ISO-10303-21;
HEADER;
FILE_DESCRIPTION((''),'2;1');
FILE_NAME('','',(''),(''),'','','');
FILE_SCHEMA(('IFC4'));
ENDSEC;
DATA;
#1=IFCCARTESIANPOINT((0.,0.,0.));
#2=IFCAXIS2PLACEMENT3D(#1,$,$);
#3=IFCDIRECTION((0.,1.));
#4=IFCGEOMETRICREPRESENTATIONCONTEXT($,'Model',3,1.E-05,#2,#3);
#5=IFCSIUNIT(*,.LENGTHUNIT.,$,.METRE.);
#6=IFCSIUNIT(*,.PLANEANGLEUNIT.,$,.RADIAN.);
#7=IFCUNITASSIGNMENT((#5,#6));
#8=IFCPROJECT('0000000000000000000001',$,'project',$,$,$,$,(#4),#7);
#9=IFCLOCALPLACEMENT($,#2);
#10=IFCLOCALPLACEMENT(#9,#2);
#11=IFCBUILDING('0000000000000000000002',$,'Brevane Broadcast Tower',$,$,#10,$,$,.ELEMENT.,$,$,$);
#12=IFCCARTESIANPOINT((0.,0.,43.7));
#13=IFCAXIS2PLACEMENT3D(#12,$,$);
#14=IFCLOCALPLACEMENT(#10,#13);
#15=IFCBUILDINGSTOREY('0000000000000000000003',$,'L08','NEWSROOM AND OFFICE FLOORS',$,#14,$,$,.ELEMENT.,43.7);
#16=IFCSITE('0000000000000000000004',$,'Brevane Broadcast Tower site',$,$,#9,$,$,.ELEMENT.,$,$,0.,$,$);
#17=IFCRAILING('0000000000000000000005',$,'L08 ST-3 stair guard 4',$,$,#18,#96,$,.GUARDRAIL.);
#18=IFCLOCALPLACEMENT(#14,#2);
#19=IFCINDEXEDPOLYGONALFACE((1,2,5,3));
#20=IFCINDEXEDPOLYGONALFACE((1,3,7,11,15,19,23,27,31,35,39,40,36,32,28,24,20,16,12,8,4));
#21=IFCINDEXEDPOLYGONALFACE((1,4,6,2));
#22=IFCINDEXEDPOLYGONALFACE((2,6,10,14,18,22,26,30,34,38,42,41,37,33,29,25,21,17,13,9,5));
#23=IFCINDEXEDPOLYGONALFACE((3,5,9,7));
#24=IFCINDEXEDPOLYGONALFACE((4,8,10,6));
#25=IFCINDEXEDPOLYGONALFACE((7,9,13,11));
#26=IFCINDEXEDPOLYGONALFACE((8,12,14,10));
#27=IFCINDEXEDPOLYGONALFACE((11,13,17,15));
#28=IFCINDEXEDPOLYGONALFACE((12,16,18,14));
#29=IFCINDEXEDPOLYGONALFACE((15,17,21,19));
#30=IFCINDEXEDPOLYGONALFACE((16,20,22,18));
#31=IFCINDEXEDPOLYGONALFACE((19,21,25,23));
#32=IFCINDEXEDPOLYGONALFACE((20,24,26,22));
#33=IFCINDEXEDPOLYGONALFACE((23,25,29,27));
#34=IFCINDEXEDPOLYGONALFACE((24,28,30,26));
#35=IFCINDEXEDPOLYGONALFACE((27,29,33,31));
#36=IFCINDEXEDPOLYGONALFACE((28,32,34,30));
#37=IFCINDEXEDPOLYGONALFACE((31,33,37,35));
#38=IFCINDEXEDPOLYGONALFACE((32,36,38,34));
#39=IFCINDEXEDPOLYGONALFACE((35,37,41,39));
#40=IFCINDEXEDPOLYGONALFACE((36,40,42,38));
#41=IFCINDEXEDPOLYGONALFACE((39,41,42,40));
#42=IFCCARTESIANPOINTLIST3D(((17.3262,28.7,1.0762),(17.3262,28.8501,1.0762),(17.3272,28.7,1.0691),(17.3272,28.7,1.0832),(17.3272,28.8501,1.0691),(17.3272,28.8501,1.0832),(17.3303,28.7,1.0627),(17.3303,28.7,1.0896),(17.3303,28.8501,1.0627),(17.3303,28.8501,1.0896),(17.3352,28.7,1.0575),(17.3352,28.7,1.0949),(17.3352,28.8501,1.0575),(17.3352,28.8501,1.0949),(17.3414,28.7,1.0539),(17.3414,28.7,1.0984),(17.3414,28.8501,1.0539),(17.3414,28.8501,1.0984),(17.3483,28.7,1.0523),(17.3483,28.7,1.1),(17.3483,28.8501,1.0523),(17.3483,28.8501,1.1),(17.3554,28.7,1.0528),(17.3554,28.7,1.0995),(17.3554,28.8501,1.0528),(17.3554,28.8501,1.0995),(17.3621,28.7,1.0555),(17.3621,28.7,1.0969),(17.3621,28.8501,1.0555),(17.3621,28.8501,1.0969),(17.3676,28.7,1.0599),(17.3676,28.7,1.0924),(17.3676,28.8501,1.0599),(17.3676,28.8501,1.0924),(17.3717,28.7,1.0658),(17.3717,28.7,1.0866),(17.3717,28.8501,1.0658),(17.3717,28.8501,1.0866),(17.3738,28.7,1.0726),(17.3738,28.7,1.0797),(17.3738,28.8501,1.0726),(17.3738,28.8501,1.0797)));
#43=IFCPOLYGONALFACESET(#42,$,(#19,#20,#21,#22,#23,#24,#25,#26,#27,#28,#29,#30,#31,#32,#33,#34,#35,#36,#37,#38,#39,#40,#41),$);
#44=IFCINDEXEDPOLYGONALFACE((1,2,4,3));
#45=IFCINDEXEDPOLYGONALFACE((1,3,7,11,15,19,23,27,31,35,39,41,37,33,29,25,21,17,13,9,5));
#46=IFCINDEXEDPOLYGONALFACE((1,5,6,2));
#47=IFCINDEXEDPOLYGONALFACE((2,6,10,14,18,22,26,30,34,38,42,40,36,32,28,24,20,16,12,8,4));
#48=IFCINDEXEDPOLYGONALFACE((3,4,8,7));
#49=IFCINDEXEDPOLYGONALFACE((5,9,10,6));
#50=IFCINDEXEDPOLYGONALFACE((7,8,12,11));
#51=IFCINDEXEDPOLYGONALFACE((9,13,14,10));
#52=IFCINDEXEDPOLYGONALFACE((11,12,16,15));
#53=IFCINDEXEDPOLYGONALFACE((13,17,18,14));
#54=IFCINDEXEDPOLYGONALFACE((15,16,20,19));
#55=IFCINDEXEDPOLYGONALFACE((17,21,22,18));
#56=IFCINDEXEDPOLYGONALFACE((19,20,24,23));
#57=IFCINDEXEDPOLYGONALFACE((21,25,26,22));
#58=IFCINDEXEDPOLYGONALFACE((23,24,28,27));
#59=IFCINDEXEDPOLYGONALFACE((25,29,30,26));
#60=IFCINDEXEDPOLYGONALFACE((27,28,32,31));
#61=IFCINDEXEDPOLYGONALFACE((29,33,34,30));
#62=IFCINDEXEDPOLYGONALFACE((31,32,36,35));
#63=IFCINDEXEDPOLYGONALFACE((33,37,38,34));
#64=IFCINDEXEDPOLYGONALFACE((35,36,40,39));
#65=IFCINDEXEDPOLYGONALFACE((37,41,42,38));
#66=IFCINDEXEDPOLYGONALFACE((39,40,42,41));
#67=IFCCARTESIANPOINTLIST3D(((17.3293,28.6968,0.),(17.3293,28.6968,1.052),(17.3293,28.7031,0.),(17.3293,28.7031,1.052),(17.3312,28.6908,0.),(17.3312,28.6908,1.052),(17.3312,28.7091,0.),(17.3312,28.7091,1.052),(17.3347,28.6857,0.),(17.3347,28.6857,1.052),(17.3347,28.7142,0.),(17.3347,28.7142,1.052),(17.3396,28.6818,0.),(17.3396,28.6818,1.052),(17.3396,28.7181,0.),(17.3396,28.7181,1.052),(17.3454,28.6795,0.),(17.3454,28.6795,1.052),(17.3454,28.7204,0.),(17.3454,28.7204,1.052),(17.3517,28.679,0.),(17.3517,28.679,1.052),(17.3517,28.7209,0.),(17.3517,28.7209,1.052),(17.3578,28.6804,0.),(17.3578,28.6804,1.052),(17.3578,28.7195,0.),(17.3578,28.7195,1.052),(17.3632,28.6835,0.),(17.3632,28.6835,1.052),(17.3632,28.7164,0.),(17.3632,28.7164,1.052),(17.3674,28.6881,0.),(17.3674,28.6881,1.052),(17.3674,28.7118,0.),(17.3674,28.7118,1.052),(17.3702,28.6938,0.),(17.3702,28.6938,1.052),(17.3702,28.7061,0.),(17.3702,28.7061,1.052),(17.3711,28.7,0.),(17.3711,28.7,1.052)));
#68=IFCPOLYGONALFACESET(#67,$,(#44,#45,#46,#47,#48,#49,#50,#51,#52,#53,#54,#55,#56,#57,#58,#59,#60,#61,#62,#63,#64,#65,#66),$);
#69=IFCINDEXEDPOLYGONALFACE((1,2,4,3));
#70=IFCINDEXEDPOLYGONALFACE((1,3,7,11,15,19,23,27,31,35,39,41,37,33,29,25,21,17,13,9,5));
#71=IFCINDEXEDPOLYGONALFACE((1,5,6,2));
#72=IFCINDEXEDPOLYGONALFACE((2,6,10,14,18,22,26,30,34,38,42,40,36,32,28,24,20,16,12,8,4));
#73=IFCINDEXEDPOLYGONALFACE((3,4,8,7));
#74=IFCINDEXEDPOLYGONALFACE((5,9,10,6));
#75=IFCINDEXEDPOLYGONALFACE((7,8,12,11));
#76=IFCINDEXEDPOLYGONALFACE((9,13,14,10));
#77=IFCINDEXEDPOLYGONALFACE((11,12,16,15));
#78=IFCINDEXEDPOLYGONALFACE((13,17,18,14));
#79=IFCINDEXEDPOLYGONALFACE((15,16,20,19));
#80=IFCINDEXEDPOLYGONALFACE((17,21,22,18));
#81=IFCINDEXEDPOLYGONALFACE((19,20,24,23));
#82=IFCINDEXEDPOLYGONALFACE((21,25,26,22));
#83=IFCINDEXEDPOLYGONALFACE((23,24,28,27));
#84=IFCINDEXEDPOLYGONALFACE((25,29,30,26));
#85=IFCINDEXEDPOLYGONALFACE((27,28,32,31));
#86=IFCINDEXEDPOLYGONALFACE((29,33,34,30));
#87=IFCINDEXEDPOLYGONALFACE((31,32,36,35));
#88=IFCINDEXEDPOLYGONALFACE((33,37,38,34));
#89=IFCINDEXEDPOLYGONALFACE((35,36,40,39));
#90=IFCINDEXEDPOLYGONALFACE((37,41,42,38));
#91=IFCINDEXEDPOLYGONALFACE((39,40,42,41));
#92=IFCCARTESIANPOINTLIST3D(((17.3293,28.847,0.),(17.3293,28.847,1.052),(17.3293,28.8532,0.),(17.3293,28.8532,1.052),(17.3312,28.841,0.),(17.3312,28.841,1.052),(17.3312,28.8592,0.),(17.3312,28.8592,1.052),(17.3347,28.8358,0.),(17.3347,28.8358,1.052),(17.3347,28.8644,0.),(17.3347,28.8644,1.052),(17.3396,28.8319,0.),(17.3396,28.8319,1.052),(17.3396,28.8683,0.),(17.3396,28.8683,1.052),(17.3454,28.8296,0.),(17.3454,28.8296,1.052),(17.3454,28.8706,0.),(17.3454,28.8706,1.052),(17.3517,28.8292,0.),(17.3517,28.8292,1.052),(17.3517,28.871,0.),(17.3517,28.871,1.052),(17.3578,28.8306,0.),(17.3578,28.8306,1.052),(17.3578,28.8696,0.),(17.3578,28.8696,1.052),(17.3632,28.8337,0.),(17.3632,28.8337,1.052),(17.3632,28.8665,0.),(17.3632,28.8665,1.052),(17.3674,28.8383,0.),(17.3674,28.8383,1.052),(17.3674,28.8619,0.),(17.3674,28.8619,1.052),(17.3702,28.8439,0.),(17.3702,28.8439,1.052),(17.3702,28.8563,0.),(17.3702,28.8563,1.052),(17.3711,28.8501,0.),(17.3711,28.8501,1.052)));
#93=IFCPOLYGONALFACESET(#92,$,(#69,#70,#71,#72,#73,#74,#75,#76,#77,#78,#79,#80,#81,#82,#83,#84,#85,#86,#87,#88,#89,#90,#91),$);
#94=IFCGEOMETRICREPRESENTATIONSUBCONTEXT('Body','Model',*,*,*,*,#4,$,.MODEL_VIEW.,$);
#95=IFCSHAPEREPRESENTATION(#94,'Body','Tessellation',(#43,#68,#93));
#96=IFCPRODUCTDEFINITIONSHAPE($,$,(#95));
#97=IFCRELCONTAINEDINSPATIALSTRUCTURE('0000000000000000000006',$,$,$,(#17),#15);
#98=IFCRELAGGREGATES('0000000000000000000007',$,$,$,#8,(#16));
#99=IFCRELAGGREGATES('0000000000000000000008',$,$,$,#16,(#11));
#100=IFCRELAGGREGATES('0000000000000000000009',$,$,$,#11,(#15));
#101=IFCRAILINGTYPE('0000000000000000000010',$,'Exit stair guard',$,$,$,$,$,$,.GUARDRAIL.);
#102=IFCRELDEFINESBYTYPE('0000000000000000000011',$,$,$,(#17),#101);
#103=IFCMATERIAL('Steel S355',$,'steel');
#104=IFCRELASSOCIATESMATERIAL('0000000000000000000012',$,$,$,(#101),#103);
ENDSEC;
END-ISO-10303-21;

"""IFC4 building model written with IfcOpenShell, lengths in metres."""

from ifc_helpers import new_model, si_unit, direction, frame, origin, origin_2d, place, context, subcontext, project, spatial, circle, extrude, material, type_object, element, save


model = new_model("IFC4")

# Units and contexts
model_context = context("Model", 3, precision=1e-05, world=origin(), true_north=direction((0.0, 1.0)))
body_context = subcontext(model_context, "Body", "Model", "MODEL_VIEW")
ifc_project = project(units=[si_unit("LENGTHUNIT", "METRE"), si_unit("PLANEANGLEUNIT", "RADIAN")], contexts=[model_context])

# Site, building, storey
site_placement = place(None, origin())
site = spatial("IfcSite", under=ifc_project, at=site_placement, Name="Brevane Broadcast Tower site", CompositionType="ELEMENT", RefElevation=0.0)
building_placement = place(site_placement, origin())
building = spatial("IfcBuilding", under=site, at=building_placement, Name="Brevane Broadcast Tower", CompositionType="ELEMENT")
storey_placement = place(building_placement, frame((0.0, 0.0, 43.7)))
storey = spatial("IfcBuildingStorey", under=building, at=storey_placement, Name="L08", Description="NEWSROOM AND OFFICE FLOORS", CompositionType="ELEMENT", Elevation=43.7)

# Railing
ifc_material_1 = material(Name="Steel S355", Category="steel")
railing_type_1 = type_object("IfcRailingType", Name="Exit stair guard", PredefinedType="GUARDRAIL", material=ifc_material_1)
railing_1_placement = place(storey_placement, frame((17.3501, 28.7, 0.0)))
element("IfcRailing", 1, at=railing_1_placement, inside=storey, type_object=railing_type_1, Name="L08 ST-3 stair guard 4", PredefinedType="GUARDRAIL", context=body_context, shape_type="SweptSolid", body=[
    extrude(circle(Radius=0.0239, at=origin_2d()), frame((0.0, 0.0, 1.0762), z_axis=(0.0, 1.0, 0.0), x_axis=(-1.0, 0.0, 0.0)), (0.0, 0.0, 1.0), 0.1501),
    extrude(circle(Radius=0.021, at=origin_2d()), origin(), (0.0, 0.0, 1.0), 1.052),
    extrude(circle(Radius=0.021, at=origin_2d()), frame((0.0, 0.1501, 0.0)), (0.0, 0.0, 1.0), 1.052),
])

save(model, "model.ifc")
